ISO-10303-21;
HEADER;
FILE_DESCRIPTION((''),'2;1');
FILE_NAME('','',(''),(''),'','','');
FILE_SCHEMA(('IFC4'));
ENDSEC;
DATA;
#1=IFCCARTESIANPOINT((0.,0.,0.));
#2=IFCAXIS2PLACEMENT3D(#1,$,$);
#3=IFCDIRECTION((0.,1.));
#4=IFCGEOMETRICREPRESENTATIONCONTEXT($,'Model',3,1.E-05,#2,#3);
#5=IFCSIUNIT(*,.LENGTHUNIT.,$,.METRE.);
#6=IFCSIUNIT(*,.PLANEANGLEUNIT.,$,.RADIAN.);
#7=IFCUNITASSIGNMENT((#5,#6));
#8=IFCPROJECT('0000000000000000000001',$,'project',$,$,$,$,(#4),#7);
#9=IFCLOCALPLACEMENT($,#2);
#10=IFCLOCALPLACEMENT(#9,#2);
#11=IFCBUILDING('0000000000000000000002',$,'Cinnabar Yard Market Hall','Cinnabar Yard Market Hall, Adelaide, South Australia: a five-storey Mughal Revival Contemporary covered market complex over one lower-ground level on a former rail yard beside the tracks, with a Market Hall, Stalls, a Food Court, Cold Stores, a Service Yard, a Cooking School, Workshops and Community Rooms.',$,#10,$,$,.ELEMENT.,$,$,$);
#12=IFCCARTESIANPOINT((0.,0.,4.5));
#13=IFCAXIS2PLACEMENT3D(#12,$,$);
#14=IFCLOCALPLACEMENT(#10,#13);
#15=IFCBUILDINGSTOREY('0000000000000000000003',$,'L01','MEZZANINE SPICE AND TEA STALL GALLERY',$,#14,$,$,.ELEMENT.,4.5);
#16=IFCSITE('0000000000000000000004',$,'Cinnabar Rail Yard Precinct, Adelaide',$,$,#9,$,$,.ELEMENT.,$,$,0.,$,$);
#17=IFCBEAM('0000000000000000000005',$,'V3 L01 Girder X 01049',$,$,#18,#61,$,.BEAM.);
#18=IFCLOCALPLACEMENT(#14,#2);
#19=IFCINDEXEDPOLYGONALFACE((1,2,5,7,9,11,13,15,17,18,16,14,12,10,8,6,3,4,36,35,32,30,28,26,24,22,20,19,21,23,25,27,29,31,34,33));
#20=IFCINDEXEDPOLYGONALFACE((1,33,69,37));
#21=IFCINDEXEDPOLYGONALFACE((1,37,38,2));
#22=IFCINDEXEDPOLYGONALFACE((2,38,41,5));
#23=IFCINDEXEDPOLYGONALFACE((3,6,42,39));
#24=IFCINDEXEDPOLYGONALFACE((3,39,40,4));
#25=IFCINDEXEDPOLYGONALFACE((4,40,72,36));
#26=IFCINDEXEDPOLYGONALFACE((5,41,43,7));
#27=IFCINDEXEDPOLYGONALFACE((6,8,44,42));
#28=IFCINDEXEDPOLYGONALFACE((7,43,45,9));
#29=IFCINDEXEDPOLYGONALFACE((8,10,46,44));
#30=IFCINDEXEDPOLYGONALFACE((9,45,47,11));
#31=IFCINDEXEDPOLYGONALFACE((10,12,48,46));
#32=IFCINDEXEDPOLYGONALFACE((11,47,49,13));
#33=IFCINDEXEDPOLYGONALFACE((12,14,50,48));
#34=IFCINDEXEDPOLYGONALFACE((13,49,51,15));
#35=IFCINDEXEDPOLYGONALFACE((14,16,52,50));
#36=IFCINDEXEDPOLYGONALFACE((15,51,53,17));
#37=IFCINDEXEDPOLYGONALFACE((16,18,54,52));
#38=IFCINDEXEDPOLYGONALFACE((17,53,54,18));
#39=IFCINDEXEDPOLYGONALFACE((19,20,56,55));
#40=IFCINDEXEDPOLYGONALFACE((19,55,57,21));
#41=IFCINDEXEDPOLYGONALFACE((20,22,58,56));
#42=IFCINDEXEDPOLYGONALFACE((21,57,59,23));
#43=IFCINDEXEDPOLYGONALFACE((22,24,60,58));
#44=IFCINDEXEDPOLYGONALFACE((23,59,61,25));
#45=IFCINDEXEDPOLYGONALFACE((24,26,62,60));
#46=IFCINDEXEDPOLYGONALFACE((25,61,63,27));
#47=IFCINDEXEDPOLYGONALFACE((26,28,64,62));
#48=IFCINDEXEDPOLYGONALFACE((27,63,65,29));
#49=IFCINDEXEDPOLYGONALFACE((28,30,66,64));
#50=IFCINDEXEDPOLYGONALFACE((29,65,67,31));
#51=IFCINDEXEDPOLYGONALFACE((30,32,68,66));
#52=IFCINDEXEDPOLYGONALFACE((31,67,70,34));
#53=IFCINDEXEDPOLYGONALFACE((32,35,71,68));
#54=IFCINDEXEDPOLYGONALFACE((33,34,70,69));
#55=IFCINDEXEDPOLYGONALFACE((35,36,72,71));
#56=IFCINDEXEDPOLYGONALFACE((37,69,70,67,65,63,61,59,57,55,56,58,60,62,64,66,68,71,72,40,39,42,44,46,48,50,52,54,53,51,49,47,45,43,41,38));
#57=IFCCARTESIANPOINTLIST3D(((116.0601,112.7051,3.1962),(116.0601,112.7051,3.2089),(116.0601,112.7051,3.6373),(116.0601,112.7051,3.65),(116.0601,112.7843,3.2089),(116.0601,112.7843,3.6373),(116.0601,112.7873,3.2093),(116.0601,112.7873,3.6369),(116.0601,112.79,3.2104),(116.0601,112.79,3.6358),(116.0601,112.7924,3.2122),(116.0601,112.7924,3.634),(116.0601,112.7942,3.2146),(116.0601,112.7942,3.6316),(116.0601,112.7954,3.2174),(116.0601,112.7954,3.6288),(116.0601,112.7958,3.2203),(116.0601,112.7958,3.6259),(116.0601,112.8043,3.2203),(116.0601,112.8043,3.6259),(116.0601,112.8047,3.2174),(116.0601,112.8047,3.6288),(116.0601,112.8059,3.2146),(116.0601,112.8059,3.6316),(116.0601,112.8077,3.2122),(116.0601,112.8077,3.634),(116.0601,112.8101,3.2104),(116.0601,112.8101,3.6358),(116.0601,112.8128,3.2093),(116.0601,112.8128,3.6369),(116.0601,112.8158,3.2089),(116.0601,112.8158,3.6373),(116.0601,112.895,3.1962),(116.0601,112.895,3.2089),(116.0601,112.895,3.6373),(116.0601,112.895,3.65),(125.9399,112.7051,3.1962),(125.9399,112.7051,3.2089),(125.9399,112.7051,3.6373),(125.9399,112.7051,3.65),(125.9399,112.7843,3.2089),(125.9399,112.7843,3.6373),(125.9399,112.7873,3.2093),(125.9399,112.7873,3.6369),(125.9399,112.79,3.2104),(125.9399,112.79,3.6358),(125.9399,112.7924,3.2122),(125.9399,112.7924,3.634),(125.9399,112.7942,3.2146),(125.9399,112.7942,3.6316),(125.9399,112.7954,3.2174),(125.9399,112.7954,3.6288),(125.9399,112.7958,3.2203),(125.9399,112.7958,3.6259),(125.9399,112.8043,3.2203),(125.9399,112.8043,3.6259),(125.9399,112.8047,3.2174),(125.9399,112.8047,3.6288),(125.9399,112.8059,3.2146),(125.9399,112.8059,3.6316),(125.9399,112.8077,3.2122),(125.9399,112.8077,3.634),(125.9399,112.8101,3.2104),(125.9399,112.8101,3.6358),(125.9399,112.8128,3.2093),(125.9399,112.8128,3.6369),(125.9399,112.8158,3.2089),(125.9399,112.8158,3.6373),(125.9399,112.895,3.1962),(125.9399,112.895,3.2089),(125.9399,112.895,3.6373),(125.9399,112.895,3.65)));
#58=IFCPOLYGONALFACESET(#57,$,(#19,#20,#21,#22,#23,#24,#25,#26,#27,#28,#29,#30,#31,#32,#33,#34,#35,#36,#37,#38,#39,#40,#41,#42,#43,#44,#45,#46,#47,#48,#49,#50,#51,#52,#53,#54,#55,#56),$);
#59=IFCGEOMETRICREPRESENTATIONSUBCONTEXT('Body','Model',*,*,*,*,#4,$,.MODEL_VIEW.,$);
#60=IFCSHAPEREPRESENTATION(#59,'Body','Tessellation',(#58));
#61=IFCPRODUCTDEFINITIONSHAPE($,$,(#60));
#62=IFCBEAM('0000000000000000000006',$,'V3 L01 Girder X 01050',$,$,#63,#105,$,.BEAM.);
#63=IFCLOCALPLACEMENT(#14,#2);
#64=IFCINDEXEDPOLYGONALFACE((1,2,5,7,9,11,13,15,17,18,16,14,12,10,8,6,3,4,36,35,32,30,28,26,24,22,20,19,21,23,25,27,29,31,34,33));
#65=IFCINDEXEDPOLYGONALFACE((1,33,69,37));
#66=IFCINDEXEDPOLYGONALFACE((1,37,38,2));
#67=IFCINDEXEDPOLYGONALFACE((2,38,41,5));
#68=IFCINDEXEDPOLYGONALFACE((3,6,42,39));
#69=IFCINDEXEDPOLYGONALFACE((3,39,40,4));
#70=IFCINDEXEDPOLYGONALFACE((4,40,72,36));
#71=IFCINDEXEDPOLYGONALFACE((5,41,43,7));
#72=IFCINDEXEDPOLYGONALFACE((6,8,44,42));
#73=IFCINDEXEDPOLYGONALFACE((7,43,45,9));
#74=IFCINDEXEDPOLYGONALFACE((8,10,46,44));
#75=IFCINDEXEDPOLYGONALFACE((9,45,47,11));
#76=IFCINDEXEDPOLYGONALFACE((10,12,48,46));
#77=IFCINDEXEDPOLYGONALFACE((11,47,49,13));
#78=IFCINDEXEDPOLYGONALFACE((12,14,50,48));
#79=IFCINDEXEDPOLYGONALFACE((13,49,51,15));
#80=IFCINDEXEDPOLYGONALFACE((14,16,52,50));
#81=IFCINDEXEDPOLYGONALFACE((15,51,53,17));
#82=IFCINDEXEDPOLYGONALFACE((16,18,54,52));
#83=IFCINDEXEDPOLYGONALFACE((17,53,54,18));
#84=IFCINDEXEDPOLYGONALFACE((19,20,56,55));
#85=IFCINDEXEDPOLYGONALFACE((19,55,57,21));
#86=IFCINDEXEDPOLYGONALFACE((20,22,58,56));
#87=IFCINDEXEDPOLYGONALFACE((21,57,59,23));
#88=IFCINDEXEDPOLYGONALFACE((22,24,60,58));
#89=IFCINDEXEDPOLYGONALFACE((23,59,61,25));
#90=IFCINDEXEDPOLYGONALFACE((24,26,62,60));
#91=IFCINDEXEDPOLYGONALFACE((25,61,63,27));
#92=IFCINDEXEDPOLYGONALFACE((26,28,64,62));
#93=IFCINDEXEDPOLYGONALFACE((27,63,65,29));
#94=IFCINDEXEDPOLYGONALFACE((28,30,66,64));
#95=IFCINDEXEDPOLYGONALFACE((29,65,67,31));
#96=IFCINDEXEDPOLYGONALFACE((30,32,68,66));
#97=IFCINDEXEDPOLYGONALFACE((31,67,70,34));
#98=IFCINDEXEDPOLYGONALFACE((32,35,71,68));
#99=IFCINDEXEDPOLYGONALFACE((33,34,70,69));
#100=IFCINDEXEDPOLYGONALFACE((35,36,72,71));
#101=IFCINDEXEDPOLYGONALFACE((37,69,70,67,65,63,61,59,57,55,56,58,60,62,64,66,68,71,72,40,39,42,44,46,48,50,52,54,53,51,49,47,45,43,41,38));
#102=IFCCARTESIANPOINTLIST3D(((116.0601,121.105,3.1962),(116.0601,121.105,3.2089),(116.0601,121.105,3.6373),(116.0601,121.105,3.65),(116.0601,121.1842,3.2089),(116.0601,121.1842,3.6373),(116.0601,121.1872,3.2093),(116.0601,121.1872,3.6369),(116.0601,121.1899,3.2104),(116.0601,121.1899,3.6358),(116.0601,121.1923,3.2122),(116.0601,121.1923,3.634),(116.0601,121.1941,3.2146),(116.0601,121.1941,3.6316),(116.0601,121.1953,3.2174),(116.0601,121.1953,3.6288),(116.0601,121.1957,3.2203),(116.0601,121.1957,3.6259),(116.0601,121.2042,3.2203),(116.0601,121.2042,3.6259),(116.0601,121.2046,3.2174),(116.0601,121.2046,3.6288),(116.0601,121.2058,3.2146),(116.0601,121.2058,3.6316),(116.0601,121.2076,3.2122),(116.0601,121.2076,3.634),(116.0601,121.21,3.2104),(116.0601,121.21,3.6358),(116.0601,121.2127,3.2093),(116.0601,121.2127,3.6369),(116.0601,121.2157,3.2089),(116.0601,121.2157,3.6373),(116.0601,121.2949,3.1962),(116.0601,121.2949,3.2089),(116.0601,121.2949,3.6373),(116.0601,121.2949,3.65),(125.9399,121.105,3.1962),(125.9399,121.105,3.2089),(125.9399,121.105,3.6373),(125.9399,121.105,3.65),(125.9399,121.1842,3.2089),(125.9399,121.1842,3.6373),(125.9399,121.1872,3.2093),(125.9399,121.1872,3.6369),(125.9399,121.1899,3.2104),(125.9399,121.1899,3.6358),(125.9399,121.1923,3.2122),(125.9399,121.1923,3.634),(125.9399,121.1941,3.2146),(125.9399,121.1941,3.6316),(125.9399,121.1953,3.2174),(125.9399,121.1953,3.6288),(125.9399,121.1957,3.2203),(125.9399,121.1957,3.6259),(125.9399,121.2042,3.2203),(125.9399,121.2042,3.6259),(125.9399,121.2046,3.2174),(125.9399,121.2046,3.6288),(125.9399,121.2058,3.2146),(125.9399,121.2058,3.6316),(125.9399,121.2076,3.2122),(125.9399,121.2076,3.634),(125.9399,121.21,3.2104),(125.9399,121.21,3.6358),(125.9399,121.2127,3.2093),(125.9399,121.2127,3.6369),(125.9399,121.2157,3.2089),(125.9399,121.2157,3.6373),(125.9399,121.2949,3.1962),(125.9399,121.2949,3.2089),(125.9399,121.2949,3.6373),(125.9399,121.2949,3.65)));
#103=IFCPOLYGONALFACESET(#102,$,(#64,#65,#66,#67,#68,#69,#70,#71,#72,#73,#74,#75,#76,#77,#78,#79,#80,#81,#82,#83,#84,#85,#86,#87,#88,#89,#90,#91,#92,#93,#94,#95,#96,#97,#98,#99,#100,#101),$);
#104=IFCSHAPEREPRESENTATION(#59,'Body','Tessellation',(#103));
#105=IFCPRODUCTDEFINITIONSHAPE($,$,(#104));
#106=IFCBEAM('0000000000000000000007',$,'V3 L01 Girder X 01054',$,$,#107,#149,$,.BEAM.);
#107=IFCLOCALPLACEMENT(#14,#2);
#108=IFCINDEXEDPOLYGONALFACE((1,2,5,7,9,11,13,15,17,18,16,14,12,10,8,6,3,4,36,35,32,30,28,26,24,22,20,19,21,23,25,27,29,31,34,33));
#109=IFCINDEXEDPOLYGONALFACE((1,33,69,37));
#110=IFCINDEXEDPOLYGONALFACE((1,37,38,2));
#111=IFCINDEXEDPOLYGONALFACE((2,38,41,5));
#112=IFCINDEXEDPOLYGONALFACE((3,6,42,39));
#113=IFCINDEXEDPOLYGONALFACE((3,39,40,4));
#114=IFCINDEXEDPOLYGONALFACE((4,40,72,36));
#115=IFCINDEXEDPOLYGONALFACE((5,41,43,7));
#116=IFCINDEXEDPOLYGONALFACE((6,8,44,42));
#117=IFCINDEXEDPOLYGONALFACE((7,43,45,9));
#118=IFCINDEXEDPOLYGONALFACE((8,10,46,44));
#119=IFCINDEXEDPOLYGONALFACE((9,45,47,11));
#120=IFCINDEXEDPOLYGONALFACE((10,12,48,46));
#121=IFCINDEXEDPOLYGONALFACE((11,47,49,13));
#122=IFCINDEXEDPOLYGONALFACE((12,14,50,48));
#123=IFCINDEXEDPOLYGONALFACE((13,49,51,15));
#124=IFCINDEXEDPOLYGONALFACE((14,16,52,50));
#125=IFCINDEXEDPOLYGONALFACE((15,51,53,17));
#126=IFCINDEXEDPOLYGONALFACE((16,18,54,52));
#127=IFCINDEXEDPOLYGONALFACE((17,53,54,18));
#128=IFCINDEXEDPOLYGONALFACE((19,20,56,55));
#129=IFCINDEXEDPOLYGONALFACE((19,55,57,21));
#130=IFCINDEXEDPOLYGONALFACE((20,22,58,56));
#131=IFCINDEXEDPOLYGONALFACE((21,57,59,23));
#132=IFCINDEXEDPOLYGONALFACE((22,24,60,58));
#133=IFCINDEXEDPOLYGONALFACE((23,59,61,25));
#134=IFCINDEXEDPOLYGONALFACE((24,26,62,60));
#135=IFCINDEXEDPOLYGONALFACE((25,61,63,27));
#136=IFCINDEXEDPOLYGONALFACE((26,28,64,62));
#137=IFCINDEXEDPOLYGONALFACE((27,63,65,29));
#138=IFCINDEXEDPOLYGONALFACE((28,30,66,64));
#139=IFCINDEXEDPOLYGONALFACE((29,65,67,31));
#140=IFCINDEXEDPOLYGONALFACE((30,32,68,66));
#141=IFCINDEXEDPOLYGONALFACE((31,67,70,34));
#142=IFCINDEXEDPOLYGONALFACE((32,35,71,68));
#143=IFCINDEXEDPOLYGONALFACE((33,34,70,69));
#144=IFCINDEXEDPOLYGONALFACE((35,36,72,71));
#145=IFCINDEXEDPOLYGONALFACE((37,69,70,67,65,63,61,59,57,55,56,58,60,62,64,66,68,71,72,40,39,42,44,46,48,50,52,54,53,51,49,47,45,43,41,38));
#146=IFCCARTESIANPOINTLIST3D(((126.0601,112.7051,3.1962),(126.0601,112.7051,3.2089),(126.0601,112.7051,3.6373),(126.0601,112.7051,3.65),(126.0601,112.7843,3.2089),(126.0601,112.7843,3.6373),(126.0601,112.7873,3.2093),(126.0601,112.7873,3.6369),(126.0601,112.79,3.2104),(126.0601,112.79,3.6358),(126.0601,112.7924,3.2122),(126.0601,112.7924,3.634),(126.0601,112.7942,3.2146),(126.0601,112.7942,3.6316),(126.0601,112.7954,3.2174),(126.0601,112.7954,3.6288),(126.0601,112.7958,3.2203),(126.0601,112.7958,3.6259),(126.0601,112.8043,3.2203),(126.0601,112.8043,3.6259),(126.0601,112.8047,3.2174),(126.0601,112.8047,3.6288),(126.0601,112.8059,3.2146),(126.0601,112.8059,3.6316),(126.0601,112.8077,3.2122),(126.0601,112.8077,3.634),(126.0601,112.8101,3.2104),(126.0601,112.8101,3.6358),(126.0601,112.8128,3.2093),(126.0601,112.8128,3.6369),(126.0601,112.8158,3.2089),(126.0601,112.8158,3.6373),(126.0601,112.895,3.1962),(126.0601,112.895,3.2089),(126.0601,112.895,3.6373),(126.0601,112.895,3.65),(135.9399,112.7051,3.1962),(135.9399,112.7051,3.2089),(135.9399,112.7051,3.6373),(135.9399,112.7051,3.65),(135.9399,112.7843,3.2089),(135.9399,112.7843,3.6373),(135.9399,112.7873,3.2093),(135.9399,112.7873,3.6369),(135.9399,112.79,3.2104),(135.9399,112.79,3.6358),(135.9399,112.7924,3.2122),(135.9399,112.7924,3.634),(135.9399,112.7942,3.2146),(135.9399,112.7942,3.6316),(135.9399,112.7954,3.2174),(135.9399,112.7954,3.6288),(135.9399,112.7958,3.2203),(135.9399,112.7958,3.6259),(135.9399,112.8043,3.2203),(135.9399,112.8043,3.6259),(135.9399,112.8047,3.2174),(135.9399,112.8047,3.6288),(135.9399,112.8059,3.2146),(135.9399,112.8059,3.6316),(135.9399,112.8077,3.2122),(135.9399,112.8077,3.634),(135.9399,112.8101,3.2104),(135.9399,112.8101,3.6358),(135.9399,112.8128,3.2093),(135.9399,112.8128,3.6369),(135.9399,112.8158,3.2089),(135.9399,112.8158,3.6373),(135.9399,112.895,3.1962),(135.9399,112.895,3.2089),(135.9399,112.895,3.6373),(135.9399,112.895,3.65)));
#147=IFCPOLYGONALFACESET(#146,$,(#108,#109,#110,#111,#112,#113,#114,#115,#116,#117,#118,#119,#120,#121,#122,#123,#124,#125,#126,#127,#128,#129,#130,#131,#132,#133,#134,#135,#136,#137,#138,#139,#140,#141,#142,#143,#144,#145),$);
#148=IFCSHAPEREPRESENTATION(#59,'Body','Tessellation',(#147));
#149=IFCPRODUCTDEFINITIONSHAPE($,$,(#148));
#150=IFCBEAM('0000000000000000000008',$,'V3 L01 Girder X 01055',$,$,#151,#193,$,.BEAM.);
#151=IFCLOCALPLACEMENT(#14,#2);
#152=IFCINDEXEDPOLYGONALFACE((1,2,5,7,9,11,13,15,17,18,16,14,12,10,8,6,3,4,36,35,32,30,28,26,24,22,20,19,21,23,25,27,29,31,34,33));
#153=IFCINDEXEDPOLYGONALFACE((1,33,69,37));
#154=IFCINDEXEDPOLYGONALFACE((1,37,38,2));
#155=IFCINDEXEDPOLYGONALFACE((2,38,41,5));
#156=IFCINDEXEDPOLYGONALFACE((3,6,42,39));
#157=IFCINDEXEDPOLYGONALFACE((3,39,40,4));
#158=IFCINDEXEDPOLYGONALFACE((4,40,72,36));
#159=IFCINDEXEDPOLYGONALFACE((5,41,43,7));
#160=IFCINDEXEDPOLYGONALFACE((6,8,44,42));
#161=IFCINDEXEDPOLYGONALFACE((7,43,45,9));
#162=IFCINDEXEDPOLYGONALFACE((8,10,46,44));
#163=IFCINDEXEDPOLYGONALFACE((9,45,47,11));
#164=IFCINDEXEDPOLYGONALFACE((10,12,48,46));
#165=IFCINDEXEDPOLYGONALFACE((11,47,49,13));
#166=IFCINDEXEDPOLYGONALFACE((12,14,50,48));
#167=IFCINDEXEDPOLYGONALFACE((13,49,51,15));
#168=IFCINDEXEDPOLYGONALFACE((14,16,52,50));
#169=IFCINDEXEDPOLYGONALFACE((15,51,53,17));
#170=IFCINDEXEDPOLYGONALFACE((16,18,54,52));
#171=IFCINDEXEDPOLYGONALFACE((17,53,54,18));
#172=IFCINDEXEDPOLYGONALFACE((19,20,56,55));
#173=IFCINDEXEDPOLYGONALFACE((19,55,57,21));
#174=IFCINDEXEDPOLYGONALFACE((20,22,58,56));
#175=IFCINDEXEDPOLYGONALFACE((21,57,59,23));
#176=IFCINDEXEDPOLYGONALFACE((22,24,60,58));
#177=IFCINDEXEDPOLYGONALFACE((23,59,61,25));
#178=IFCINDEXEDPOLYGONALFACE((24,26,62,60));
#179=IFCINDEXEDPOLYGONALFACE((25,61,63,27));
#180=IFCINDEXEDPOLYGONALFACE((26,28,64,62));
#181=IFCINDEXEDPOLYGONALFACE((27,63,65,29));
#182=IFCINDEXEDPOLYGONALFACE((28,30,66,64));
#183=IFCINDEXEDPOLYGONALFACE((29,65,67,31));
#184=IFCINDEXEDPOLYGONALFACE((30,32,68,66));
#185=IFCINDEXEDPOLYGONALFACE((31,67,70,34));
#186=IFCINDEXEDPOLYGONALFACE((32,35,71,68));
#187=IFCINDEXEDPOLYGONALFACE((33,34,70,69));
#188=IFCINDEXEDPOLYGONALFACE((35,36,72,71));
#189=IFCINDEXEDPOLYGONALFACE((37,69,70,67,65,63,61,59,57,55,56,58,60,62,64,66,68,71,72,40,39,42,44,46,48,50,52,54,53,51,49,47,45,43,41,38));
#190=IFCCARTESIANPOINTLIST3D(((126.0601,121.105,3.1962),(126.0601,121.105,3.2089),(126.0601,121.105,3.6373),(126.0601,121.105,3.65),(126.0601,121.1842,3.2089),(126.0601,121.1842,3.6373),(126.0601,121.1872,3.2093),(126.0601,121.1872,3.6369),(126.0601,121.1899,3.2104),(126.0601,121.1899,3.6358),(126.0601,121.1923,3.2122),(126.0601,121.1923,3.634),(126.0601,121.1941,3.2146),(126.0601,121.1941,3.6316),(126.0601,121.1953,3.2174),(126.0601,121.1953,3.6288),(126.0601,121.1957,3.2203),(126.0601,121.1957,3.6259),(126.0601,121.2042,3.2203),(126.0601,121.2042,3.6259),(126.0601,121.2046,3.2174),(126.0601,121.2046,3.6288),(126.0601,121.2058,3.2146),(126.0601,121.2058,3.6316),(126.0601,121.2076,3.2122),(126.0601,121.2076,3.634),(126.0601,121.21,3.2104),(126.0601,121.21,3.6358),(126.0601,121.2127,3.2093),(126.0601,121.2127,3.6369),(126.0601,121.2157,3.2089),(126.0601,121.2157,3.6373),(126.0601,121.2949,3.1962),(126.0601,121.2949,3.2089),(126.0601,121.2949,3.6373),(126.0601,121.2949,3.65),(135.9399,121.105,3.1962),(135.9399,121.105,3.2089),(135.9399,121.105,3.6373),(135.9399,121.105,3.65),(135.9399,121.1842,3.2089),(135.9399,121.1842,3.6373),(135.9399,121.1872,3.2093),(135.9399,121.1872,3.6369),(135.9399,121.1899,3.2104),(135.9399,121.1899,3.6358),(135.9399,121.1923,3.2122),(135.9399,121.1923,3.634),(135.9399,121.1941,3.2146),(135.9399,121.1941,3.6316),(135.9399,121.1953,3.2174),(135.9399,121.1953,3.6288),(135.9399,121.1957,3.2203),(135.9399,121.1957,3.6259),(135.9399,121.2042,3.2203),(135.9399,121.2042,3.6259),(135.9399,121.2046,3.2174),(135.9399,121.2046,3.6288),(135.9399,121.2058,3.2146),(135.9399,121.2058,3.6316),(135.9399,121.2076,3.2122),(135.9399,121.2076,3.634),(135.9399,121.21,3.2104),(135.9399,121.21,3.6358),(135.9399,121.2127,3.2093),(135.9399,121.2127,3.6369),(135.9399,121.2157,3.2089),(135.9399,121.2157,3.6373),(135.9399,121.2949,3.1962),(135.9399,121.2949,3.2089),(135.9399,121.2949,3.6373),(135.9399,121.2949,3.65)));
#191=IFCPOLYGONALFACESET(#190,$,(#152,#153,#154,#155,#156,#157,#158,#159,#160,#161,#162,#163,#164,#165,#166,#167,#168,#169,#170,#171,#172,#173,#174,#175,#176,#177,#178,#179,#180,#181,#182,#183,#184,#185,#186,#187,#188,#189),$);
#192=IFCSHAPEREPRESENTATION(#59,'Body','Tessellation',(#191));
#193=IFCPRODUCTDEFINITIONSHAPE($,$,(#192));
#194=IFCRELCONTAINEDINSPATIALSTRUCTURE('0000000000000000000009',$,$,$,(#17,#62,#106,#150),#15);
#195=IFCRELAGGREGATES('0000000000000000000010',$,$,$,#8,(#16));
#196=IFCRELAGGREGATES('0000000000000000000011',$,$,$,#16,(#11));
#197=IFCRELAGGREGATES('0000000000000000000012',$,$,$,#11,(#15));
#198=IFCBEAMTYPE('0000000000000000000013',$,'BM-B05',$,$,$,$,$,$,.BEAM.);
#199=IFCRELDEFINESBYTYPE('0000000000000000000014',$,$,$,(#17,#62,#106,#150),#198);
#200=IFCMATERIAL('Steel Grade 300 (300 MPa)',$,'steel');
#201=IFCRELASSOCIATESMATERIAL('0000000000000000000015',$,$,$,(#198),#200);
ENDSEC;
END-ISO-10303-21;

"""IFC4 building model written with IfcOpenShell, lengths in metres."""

from ifc_helpers import new_model, si_unit, direction, frame, origin, origin_2d_with_axis, place, context, subcontext, project, spatial, i_section, extrude, material, material_profile, profile_set, type_object, element, save


model = new_model("IFC4")

# Units and contexts
model_context = context("Model", 3, precision=1e-05, world=origin(), true_north=direction((0.0, 1.0)))
body_context = subcontext(model_context, "Body", "Model", "MODEL_VIEW")
ifc_project = project(units=[si_unit("LENGTHUNIT", "METRE"), si_unit("PLANEANGLEUNIT", "RADIAN")], contexts=[model_context])

# Site, building, storey
site_placement = place(None, origin())
site = spatial("IfcSite", under=ifc_project, at=site_placement, Name="Cinnabar Rail Yard Precinct, Adelaide", CompositionType="ELEMENT", RefElevation=0.0)
building_placement = place(site_placement, origin())
building = spatial("IfcBuilding", under=site, at=building_placement, Name="Cinnabar Yard Market Hall", Description="Cinnabar Yard Market Hall, Adelaide, South Australia: a five-storey Mughal Revival Contemporary covered market complex over one lower-ground level on a former rail yard beside the tracks, with a Market Hall, Stalls, a Food Court, Cold Stores, a Service Yard, a Cooking School, Workshops and Community Rooms.", CompositionType="ELEMENT")
storey_placement = place(building_placement, frame((0.0, 0.0, 4.5)))
storey = spatial("IfcBuildingStorey", under=building, at=storey_placement, Name="L01", Description="MEZZANINE SPICE AND TEA STALL GALLERY", CompositionType="ELEMENT", Elevation=4.5)

# Shared definitions
ifc_material_1 = material(Name="Steel Grade 300 (300 MPa)", Category="steel")

# Beams
ifc_material_profile_1 = material_profile(ifc_material_1, i_section(OverallWidth=0.1899, OverallDepth=0.4539, WebThickness=0.0085, FlangeThickness=0.0127, FilletRadius=0.0115, at=origin_2d_with_axis()), Name="460UB67.1")
ifc_profile_set_1 = profile_set([ifc_material_profile_1], Name="Steel Grade 300 (300 MPa)")
beam_type_1 = type_object("IfcBeamType", Name="BM-B05", PredefinedType="BEAM", material=ifc_profile_set_1)
for number, where, z_axis, x_axis, name in (
    (1, (116.0601, 112.8, 3.4231), (1.0, 0.0, 0.0), (0.0, 1.0, 0.0), "V3 L01 Girder X 01049"),
    (2, (116.0601, 121.2, 3.4231), (1.0, 0.0, 0.0), (0.0, 1.0, 0.0), "V3 L01 Girder X 01050"),
    (3, (126.0601, 112.8, 3.4231), (1.0, 0.0, 0.0), (0.0, 1.0, 0.0), "V3 L01 Girder X 01054"),
    (4, (126.0601, 121.2, 3.4231), (1.0, 0.0, 0.0), (0.0, 1.0, 0.0), "V3 L01 Girder X 01055"),
):
    element("IfcBeam", number, at=place(storey_placement, frame(where, z_axis=z_axis, x_axis=x_axis)), inside=storey, type_object=beam_type_1, Name=name, PredefinedType="BEAM", context=body_context, shape_type="SweptSolid", body=[
        extrude(i_section(OverallWidth=0.1899, OverallDepth=0.4539, WebThickness=0.0085, FlangeThickness=0.0127, FilletRadius=0.0115, at=origin_2d_with_axis()), origin(), (0.0, 0.0, 1.0), 9.8799),
    ])

save(model, "model.ifc")
